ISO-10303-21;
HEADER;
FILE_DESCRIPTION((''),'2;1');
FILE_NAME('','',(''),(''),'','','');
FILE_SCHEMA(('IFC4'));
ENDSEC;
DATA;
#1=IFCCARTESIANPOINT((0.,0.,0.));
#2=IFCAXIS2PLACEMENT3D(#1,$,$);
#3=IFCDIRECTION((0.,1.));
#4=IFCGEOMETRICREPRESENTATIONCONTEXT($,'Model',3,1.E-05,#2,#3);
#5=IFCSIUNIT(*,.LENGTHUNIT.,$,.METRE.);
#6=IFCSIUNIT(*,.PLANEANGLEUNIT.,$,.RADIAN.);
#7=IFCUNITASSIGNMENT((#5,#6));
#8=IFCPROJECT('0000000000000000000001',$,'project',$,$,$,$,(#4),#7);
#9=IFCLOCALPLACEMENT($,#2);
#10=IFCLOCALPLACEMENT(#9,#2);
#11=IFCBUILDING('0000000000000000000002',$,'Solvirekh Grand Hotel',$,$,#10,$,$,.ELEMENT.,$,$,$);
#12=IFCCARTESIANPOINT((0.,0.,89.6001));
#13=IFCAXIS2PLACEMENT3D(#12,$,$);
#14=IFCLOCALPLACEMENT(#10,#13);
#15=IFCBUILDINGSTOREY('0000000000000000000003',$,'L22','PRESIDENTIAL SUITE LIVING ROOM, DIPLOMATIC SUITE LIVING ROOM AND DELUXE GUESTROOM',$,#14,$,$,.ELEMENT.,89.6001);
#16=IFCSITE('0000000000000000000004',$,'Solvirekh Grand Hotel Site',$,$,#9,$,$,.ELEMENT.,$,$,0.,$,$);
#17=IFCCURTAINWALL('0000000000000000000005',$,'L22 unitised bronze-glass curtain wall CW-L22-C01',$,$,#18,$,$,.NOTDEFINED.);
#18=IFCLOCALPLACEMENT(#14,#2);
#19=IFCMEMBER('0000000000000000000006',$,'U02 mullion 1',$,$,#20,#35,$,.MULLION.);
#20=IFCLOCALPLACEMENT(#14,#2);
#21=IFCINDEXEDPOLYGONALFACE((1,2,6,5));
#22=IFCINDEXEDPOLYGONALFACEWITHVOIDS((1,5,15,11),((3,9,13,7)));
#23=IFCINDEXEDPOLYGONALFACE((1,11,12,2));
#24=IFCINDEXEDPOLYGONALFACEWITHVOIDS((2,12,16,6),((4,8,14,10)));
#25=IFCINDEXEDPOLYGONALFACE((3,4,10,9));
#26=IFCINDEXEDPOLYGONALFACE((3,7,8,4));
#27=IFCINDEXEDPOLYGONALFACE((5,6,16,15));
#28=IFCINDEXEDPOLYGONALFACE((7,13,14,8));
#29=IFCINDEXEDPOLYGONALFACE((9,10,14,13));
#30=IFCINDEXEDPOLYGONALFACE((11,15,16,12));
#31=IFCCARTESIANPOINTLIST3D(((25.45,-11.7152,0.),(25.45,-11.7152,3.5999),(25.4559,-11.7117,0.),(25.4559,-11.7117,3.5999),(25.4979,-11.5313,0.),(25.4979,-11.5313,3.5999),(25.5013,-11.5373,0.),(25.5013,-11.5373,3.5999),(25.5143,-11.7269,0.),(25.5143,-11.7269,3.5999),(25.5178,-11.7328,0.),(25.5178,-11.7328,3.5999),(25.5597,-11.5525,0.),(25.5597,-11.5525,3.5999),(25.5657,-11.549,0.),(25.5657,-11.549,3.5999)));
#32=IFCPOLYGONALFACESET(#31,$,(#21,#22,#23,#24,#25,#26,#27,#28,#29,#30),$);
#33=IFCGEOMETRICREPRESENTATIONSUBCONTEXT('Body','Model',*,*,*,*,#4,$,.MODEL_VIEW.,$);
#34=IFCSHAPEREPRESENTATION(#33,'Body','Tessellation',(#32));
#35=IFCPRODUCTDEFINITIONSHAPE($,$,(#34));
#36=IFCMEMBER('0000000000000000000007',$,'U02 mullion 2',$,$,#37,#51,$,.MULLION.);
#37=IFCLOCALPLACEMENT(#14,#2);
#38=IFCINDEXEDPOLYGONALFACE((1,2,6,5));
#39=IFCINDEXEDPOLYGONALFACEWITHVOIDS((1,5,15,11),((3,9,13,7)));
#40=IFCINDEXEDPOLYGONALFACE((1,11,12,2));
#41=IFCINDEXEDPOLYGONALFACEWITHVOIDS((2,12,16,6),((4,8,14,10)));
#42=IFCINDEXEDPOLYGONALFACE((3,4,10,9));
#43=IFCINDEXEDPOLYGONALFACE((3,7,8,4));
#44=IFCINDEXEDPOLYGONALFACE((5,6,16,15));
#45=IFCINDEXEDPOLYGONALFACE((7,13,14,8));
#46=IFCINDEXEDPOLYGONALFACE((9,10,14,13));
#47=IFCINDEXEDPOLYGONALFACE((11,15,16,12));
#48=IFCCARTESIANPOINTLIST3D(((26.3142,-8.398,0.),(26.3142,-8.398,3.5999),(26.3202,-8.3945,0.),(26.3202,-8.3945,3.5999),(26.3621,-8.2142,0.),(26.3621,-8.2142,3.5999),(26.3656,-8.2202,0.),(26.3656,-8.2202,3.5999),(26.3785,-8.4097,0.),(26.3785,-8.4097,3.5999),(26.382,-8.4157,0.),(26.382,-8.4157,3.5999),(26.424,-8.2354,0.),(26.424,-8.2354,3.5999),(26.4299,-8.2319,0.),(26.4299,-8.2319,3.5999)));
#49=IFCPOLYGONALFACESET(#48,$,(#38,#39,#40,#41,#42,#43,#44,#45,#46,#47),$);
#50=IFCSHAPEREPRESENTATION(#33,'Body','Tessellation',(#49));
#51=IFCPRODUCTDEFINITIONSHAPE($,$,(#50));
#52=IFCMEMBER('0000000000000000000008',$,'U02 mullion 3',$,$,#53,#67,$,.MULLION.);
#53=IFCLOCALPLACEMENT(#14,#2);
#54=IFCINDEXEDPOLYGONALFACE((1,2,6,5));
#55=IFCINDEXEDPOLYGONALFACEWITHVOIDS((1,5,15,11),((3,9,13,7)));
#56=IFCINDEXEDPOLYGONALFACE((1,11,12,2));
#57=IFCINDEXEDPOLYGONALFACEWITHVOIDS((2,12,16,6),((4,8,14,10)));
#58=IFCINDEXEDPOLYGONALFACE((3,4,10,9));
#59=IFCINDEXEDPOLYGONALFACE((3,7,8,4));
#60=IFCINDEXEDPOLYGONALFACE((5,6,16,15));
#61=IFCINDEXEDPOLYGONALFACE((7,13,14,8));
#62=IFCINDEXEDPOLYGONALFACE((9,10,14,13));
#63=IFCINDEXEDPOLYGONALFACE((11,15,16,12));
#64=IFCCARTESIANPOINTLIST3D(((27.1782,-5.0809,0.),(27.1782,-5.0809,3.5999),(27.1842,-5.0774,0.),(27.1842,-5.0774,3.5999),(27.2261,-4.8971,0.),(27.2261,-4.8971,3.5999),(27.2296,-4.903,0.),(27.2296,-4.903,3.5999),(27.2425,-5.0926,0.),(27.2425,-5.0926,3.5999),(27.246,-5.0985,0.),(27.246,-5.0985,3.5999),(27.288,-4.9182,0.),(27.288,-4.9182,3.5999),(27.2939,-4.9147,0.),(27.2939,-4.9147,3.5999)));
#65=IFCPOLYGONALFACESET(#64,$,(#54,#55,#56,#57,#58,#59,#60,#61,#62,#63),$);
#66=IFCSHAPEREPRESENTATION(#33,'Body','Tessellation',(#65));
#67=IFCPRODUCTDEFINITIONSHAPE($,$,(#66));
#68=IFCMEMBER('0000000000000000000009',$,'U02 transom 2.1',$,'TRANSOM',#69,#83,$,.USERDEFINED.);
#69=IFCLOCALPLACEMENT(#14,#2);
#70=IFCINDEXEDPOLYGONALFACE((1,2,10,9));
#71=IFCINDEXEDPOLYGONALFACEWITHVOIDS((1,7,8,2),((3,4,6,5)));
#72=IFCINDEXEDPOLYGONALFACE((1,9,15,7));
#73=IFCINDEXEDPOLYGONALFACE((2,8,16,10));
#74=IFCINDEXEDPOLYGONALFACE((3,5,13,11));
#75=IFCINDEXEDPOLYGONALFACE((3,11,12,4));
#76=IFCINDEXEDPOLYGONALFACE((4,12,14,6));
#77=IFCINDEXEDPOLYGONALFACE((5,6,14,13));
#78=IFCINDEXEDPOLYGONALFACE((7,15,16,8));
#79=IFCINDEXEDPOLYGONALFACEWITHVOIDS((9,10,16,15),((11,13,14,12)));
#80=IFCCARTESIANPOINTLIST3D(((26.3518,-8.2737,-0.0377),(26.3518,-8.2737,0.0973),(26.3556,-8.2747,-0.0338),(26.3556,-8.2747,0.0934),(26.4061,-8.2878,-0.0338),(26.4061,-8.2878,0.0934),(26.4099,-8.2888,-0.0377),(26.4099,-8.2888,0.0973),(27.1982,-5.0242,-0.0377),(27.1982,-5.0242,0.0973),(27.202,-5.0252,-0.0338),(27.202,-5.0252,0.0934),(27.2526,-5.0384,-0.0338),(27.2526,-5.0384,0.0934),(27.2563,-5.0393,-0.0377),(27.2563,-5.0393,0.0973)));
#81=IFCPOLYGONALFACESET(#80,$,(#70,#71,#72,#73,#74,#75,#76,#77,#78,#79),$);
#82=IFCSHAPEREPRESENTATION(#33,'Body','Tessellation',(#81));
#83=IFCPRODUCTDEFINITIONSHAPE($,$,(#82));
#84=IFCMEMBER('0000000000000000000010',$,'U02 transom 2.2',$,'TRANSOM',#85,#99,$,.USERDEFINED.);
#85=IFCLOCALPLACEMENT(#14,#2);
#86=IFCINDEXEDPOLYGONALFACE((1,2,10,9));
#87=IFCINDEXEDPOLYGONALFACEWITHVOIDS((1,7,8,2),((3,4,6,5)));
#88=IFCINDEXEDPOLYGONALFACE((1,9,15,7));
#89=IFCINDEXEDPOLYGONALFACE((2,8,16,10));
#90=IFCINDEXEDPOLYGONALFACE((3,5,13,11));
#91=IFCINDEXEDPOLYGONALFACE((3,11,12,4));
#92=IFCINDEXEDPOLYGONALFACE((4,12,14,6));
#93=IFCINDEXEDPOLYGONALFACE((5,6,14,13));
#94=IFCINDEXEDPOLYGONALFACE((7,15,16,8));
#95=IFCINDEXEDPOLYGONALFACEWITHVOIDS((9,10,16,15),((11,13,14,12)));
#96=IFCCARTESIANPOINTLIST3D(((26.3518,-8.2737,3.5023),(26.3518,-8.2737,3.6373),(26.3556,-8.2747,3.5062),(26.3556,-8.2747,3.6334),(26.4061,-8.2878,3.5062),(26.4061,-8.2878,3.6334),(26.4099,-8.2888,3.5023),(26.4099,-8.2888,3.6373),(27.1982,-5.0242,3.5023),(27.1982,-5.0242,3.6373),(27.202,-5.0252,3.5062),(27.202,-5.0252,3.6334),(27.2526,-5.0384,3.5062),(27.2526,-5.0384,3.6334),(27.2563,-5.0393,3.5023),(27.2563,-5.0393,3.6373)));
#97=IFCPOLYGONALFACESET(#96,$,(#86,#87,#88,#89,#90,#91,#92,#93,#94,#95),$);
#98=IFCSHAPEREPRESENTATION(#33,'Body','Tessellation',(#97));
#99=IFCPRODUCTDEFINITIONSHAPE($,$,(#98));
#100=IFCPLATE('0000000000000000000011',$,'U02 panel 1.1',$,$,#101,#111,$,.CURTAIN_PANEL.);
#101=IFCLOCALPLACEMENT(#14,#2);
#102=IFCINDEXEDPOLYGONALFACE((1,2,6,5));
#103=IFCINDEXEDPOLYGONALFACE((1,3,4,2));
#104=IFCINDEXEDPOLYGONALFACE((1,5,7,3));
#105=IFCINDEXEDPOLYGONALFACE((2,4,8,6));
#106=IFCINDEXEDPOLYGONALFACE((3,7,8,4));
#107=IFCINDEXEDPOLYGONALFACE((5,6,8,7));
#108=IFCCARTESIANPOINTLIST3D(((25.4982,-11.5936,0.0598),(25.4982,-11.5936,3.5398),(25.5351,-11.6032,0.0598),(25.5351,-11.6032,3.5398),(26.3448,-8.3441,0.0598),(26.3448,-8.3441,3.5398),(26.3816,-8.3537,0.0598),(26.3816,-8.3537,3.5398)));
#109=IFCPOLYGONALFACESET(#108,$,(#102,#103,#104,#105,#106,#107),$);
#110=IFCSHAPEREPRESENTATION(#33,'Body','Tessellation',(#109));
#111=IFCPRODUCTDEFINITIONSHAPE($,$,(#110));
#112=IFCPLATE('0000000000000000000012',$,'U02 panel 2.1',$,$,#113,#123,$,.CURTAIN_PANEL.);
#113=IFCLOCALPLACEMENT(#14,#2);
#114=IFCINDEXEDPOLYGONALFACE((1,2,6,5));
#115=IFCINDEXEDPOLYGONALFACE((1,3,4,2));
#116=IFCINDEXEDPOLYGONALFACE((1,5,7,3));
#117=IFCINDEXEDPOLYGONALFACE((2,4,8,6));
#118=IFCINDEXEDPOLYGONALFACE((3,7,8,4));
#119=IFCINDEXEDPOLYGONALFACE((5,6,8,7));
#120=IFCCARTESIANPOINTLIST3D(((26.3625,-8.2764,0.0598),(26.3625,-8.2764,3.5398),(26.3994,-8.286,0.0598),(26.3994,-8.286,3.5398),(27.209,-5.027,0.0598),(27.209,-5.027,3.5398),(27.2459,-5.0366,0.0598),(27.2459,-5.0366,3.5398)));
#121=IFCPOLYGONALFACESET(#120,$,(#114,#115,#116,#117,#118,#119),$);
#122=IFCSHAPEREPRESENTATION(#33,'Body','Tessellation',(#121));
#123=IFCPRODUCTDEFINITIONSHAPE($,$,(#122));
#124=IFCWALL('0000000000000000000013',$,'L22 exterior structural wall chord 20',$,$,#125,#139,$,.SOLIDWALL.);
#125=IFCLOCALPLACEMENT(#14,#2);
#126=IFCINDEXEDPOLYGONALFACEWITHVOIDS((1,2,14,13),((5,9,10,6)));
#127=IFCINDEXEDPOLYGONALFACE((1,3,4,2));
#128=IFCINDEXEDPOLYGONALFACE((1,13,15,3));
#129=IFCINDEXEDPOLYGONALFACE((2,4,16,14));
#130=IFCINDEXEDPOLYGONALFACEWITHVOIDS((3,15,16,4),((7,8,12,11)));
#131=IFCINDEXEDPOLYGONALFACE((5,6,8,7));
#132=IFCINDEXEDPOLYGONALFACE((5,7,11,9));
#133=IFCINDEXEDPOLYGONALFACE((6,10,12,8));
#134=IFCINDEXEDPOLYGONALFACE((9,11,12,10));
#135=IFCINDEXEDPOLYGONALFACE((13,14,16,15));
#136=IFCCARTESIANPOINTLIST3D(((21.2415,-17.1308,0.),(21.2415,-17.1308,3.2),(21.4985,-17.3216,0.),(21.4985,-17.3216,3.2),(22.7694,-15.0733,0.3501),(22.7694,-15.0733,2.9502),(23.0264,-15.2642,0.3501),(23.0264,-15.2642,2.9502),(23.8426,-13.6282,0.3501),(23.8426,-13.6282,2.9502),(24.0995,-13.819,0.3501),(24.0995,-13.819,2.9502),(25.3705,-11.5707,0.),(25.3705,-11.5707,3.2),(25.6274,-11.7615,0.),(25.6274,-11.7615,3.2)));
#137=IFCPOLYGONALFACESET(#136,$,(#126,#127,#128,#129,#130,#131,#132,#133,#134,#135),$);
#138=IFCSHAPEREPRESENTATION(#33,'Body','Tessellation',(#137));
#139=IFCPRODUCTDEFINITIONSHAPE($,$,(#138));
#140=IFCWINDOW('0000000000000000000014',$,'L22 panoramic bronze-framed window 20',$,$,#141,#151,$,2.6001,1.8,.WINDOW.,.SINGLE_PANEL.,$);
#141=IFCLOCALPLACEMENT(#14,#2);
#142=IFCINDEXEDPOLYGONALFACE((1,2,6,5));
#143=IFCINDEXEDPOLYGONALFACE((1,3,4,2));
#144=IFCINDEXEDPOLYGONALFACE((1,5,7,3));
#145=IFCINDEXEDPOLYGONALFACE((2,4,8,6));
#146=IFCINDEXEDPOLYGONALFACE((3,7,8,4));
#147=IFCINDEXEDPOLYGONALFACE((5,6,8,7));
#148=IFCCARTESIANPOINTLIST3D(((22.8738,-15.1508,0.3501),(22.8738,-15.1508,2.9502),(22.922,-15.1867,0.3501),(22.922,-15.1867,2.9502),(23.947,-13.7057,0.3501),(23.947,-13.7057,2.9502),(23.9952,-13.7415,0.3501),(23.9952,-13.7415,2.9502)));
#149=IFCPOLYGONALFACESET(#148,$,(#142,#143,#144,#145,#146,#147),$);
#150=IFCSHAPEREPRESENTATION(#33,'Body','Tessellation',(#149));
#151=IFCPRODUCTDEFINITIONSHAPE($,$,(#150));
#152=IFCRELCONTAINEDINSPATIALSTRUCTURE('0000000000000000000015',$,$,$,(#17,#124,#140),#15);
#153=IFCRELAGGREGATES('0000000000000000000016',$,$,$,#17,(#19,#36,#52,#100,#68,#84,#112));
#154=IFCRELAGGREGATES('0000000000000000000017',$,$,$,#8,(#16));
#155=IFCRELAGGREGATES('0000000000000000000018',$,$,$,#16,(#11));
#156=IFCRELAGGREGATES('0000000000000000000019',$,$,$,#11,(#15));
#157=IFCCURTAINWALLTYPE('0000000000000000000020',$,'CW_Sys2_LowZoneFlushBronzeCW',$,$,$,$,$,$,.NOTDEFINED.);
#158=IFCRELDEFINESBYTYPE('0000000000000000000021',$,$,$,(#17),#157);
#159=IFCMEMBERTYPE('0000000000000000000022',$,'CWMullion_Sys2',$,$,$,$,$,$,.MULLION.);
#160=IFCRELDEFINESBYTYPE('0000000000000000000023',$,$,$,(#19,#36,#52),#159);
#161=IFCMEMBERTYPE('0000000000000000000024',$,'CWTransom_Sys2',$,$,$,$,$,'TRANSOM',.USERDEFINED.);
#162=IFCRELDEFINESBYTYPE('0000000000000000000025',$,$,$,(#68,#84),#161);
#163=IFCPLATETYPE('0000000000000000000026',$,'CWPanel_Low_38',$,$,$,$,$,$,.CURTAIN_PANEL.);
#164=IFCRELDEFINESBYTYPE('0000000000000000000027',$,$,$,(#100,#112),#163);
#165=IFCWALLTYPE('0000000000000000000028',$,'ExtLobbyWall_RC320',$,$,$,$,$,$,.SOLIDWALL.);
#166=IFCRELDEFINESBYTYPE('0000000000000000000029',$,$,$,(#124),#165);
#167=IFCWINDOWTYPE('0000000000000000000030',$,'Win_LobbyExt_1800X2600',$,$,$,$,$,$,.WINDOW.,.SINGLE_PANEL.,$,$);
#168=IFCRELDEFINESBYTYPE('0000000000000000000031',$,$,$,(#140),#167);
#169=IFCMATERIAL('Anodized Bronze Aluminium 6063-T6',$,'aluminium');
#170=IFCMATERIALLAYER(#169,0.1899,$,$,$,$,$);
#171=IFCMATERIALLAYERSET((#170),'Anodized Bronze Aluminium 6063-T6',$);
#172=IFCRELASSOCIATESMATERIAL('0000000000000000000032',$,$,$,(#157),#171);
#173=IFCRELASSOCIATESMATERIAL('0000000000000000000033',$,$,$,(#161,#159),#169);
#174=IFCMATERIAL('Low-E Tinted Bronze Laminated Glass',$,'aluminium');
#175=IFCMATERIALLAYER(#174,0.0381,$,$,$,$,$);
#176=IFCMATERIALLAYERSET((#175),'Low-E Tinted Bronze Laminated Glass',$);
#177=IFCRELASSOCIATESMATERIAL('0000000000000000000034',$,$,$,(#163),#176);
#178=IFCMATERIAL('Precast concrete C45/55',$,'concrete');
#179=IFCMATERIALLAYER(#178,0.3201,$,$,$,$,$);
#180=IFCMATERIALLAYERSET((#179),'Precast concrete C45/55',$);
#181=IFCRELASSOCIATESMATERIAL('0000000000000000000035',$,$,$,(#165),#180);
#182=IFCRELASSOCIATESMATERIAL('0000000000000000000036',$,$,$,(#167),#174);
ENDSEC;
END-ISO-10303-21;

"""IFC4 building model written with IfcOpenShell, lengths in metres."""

from ifc_helpers import new_model, si_unit, direction, frame, frame_2d, origin, origin_2d, place, context, subcontext, project, spatial, rectangle, hollow_rectangle, extrude, source, transform, mapped, material, layer, layer_set, material_profile, profile_set, type_object, element, fill, aggregate, save


model = new_model("IFC4")

# Units and contexts
model_context = context("Model", 3, precision=1e-05, world=origin(), true_north=direction((0.0, 1.0)))
body_context = subcontext(model_context, "Body", "Model", "MODEL_VIEW")
ifc_project = project(units=[si_unit("LENGTHUNIT", "METRE"), si_unit("PLANEANGLEUNIT", "RADIAN")], contexts=[model_context])

# Site, building, storey
site_placement = place(None, origin())
site = spatial("IfcSite", under=ifc_project, at=site_placement, Name="Solvirekh Grand Hotel Site", CompositionType="ELEMENT", RefElevation=0.0)
building_placement = place(site_placement, origin())
building = spatial("IfcBuilding", under=site, at=building_placement, Name="Solvirekh Grand Hotel", CompositionType="ELEMENT")
storey_placement = place(building_placement, frame((0.0, 0.0, 89.6001)))
storey = spatial("IfcBuildingStorey", under=building, at=storey_placement, Name="L22", Description="PRESIDENTIAL SUITE LIVING ROOM, DIPLOMATIC SUITE LIVING ROOM AND DELUXE GUESTROOM", CompositionType="ELEMENT", Elevation=89.6001)

# Curtain wall, members, plates
ifc_material_1 = material(Name="Anodized Bronze Aluminium 6063-T6", Category="aluminium")
ifc_layer_1 = layer(ifc_material_1, 0.1899)
ifc_layer_set_1 = layer_set([ifc_layer_1], Name="Anodized Bronze Aluminium 6063-T6")
curtain_wall_type = type_object("IfcCurtainWallType", Name="CW_Sys2_LowZoneFlushBronzeCW", PredefinedType="NOTDEFINED", material=ifc_layer_set_1)
curtain_wall_placement = place(storey_placement, origin())
curtain_wall = element("IfcCurtainWall", 1, at=curtain_wall_placement, inside=storey, type_object=curtain_wall_type, Name="L22 unitised bronze-glass curtain wall CW-L22-C01", PredefinedType="NOTDEFINED")
ifc_material_profile_1 = material_profile(ifc_material_1, hollow_rectangle(XDim=0.0601, YDim=0.135, WallThickness=0.0039, at=origin_2d()), Name="ALU RHS 135X60X4")
ifc_profile_set_1 = profile_set([ifc_material_profile_1], Name="Anodized Bronze Aluminium 6063-T6")
member_type_1 = type_object("IfcMemberType", Name="CWTransom_Sys2", ElementType="TRANSOM", PredefinedType="USERDEFINED", material=ifc_profile_set_1)
ifc_material_profile_2 = material_profile(ifc_material_1, hollow_rectangle(XDim=0.0701, YDim=0.1899, WallThickness=0.0049, at=origin_2d()), Name="ALU RHS 190X70X5")
ifc_profile_set_2 = profile_set([ifc_material_profile_2], Name="Anodized Bronze Aluminium 6063-T6")
member_type_2 = type_object("IfcMemberType", Name="CWMullion_Sys2", PredefinedType="MULLION", material=ifc_profile_set_2)
shared_shape_1 = source(origin(), body_context, "Body", "SweptSolid", [
    extrude(hollow_rectangle(XDim=0.0701, YDim=0.1899, WallThickness=0.0049, at=origin_2d()), origin(), (0.0, 0.0, 1.0), 3.5999),
])
member_1_placement = place(storey_placement, frame((25.5078, -11.6321, 0.0), z_axis=(0.0, 0.0, 1.0), x_axis=(-0.9677, 0.252104, 0.0)))
member_1 = element("IfcMember", 2, at=member_1_placement, type_object=member_type_2, Name="U02 mullion 1", PredefinedType="MULLION", context=body_context, shape_type="MappedRepresentation", body=[
    mapped(shared_shape_1, transform((0.0, 0.0, 0.0), x_axis=(1.0, 0.0, 0.0), y_axis=(0.0, 1.0, 0.0), z_axis=(0.0, 0.0, 1.0), scale=1.0)),
])
member_2_placement = place(storey_placement, frame((26.3721, -8.3149, 0.0), z_axis=(0.0, 0.0, 1.0), x_axis=(-0.9677, 0.252104, 0.0)))
member_2 = element("IfcMember", 3, at=member_2_placement, type_object=member_type_2, Name="U02 mullion 2", PredefinedType="MULLION", context=body_context, shape_type="MappedRepresentation", body=[
    mapped(shared_shape_1, transform((0.0, 0.0, 0.0), x_axis=(1.0, 0.0, 0.0), y_axis=(0.0, 1.0, 0.0), z_axis=(0.0, 0.0, 1.0), scale=1.0)),
])
member_3_placement = place(storey_placement, frame((27.2361, -4.9978, 0.0), z_axis=(0.0, 0.0, 1.0), x_axis=(-0.9677, 0.252104, 0.0)))
member_3 = element("IfcMember", 4, at=member_3_placement, type_object=member_type_2, Name="U02 mullion 3", PredefinedType="MULLION", context=body_context, shape_type="MappedRepresentation", body=[
    mapped(shared_shape_1, transform((0.0, 0.0, 0.0), x_axis=(1.0, 0.0, 0.0), y_axis=(0.0, 1.0, 0.0), z_axis=(0.0, 0.0, 1.0), scale=1.0)),
])
shared_shape_2 = source(origin(), body_context, "Body", "SweptSolid", [
    extrude(hollow_rectangle(XDim=0.0601, YDim=0.135, WallThickness=0.0039, at=origin_2d()), origin(), (0.0, 0.0, 1.0), 3.3579),
])
member_4_placement = place(storey_placement, frame((26.3809, -8.2812, 0.0298), z_axis=(0.25207, 0.967709, 0.0), x_axis=(-0.967709, 0.25207, 0.0)))
member_4 = element("IfcMember", 5, at=member_4_placement, type_object=member_type_1, Name="U02 transom 2.1", ObjectType="TRANSOM", PredefinedType="USERDEFINED", context=body_context, shape_type="MappedRepresentation", body=[
    mapped(shared_shape_2, transform((0.0, 0.0, 0.0), x_axis=(1.0, 0.0, 0.0), y_axis=(0.0, 1.0, 0.0), z_axis=(0.0, 0.0, 1.0), scale=1.0)),
])
member_5_placement = place(storey_placement, frame((26.3809, -8.2812, 3.5698), z_axis=(0.25207, 0.967709, 0.0), x_axis=(-0.967709, 0.25207, 0.0)))
member_5 = element("IfcMember", 6, at=member_5_placement, type_object=member_type_1, Name="U02 transom 2.2", ObjectType="TRANSOM", PredefinedType="USERDEFINED", context=body_context, shape_type="MappedRepresentation", body=[
    mapped(shared_shape_2, transform((0.0, 0.0, 0.0), x_axis=(1.0, 0.0, 0.0), y_axis=(0.0, 1.0, 0.0), z_axis=(0.0, 0.0, 1.0), scale=1.0)),
])
ifc_material_2 = material(Name="Low-E Tinted Bronze Laminated Glass", Category="aluminium")
ifc_layer_2 = layer(ifc_material_2, 0.0381)
ifc_layer_set_2 = layer_set([ifc_layer_2], Name="Low-E Tinted Bronze Laminated Glass")
plate_type = type_object("IfcPlateType", Name="CWPanel_Low_38", PredefinedType="CURTAIN_PANEL", material=ifc_layer_set_2)
shared_shape_3 = source(origin(), body_context, "Body", "SweptSolid", [
    extrude(rectangle(XDim=3.3579, YDim=0.0381, at=origin_2d()), origin(), (0.0, 0.0, 1.0), 3.48),
])
plate_1_placement = place(storey_placement, frame((25.9399, -9.9736, 0.0598), z_axis=(0.0, 0.0, 1.0), x_axis=(0.252104, 0.9677, 0.0)))
plate_1 = element("IfcPlate", 7, at=plate_1_placement, type_object=plate_type, Name="U02 panel 1.1", PredefinedType="CURTAIN_PANEL", context=body_context, shape_type="MappedRepresentation", body=[
    mapped(shared_shape_3, transform((0.0, 0.0, 0.0), x_axis=(1.0, 0.0, 0.0), y_axis=(0.0, 1.0, 0.0), z_axis=(0.0, 0.0, 1.0), scale=1.0)),
])
plate_2_placement = place(storey_placement, frame((26.8042, -6.6565, 0.0598), z_axis=(0.0, 0.0, 1.0), x_axis=(0.252104, 0.9677, 0.0)))
plate_2 = element("IfcPlate", 8, at=plate_2_placement, type_object=plate_type, Name="U02 panel 2.1", PredefinedType="CURTAIN_PANEL", context=body_context, shape_type="MappedRepresentation", body=[
    mapped(shared_shape_3, transform((0.0, 0.0, 0.0), x_axis=(1.0, 0.0, 0.0), y_axis=(0.0, 1.0, 0.0), z_axis=(0.0, 0.0, 1.0), scale=1.0)),
])
aggregate(curtain_wall, [member_1, member_2, member_3, plate_1, member_4, member_5, plate_2])

# Wall, opening, window
ifc_material_3 = material(Name="Precast concrete C45/55", Category="concrete")
ifc_layer_3 = layer(ifc_material_3, 0.3201)
ifc_layer_set_3 = layer_set([ifc_layer_3], Name="Precast concrete C45/55")
wall_type_1 = type_object("IfcWallType", Name="ExtLobbyWall_RC320", PredefinedType="SOLIDWALL", material=ifc_layer_set_3)
wall_1_placement = place(storey_placement, frame((25.499, -11.666, 0.0), z_axis=(0.0, 0.0, 1.0), x_axis=(-0.596192, -0.802842, 0.0)))
wall_1 = element("IfcWall", 9, at=wall_1_placement, inside=storey, type_object=wall_type_1, Name="L22 exterior structural wall chord 20", PredefinedType="SOLIDWALL", context=body_context, shape_type="SweptSolid", body=[
    extrude(rectangle(XDim=6.9255, YDim=0.3201, at=frame_2d((3.4629, 0.0))), origin(), (0.0, 0.0, 1.0), 3.2),
])
opening_1_placement = place(wall_1_placement, frame((2.563, 0.0, 0.3501)))
opening_1 = element("IfcOpeningElement", 10, at=opening_1_placement, cuts=wall_1, PredefinedType="OPENING", context=body_context, shape_type="SweptSolid", body=[
    extrude(rectangle(XDim=1.8, YDim=2.6001, at=frame_2d((0.8999, 1.3))), frame((0.0, 0.1699, 0.0), z_axis=(0.0, -1.0, 0.0), x_axis=(1.0, 0.0, 0.0)), (0.0, 0.0, 1.0), 0.3401),
])
window_type = type_object("IfcWindowType", Name="Win_LobbyExt_1800X2600", PartitioningType="SINGLE_PANEL", PredefinedType="WINDOW", material=ifc_material_2)
window_placement = place(opening_1_placement, origin())
window = element("IfcWindow", 11, at=window_placement, inside=storey, type_object=window_type, Name="L22 panoramic bronze-framed window 20", OverallHeight=2.6001, OverallWidth=1.8, PartitioningType="SINGLE_PANEL", PredefinedType="WINDOW", context=body_context, shape_type="SweptSolid", body=[
    extrude(rectangle(XDim=1.8, YDim=2.6001, at=frame_2d((0.8999, 1.3))), frame((0.0, 0.03, 0.0), z_axis=(0.0, -1.0, 0.0), x_axis=(1.0, 0.0, 0.0)), (0.0, 0.0, 1.0), 0.0601),
])
fill(opening_1, window)

save(model, "model.ifc")
